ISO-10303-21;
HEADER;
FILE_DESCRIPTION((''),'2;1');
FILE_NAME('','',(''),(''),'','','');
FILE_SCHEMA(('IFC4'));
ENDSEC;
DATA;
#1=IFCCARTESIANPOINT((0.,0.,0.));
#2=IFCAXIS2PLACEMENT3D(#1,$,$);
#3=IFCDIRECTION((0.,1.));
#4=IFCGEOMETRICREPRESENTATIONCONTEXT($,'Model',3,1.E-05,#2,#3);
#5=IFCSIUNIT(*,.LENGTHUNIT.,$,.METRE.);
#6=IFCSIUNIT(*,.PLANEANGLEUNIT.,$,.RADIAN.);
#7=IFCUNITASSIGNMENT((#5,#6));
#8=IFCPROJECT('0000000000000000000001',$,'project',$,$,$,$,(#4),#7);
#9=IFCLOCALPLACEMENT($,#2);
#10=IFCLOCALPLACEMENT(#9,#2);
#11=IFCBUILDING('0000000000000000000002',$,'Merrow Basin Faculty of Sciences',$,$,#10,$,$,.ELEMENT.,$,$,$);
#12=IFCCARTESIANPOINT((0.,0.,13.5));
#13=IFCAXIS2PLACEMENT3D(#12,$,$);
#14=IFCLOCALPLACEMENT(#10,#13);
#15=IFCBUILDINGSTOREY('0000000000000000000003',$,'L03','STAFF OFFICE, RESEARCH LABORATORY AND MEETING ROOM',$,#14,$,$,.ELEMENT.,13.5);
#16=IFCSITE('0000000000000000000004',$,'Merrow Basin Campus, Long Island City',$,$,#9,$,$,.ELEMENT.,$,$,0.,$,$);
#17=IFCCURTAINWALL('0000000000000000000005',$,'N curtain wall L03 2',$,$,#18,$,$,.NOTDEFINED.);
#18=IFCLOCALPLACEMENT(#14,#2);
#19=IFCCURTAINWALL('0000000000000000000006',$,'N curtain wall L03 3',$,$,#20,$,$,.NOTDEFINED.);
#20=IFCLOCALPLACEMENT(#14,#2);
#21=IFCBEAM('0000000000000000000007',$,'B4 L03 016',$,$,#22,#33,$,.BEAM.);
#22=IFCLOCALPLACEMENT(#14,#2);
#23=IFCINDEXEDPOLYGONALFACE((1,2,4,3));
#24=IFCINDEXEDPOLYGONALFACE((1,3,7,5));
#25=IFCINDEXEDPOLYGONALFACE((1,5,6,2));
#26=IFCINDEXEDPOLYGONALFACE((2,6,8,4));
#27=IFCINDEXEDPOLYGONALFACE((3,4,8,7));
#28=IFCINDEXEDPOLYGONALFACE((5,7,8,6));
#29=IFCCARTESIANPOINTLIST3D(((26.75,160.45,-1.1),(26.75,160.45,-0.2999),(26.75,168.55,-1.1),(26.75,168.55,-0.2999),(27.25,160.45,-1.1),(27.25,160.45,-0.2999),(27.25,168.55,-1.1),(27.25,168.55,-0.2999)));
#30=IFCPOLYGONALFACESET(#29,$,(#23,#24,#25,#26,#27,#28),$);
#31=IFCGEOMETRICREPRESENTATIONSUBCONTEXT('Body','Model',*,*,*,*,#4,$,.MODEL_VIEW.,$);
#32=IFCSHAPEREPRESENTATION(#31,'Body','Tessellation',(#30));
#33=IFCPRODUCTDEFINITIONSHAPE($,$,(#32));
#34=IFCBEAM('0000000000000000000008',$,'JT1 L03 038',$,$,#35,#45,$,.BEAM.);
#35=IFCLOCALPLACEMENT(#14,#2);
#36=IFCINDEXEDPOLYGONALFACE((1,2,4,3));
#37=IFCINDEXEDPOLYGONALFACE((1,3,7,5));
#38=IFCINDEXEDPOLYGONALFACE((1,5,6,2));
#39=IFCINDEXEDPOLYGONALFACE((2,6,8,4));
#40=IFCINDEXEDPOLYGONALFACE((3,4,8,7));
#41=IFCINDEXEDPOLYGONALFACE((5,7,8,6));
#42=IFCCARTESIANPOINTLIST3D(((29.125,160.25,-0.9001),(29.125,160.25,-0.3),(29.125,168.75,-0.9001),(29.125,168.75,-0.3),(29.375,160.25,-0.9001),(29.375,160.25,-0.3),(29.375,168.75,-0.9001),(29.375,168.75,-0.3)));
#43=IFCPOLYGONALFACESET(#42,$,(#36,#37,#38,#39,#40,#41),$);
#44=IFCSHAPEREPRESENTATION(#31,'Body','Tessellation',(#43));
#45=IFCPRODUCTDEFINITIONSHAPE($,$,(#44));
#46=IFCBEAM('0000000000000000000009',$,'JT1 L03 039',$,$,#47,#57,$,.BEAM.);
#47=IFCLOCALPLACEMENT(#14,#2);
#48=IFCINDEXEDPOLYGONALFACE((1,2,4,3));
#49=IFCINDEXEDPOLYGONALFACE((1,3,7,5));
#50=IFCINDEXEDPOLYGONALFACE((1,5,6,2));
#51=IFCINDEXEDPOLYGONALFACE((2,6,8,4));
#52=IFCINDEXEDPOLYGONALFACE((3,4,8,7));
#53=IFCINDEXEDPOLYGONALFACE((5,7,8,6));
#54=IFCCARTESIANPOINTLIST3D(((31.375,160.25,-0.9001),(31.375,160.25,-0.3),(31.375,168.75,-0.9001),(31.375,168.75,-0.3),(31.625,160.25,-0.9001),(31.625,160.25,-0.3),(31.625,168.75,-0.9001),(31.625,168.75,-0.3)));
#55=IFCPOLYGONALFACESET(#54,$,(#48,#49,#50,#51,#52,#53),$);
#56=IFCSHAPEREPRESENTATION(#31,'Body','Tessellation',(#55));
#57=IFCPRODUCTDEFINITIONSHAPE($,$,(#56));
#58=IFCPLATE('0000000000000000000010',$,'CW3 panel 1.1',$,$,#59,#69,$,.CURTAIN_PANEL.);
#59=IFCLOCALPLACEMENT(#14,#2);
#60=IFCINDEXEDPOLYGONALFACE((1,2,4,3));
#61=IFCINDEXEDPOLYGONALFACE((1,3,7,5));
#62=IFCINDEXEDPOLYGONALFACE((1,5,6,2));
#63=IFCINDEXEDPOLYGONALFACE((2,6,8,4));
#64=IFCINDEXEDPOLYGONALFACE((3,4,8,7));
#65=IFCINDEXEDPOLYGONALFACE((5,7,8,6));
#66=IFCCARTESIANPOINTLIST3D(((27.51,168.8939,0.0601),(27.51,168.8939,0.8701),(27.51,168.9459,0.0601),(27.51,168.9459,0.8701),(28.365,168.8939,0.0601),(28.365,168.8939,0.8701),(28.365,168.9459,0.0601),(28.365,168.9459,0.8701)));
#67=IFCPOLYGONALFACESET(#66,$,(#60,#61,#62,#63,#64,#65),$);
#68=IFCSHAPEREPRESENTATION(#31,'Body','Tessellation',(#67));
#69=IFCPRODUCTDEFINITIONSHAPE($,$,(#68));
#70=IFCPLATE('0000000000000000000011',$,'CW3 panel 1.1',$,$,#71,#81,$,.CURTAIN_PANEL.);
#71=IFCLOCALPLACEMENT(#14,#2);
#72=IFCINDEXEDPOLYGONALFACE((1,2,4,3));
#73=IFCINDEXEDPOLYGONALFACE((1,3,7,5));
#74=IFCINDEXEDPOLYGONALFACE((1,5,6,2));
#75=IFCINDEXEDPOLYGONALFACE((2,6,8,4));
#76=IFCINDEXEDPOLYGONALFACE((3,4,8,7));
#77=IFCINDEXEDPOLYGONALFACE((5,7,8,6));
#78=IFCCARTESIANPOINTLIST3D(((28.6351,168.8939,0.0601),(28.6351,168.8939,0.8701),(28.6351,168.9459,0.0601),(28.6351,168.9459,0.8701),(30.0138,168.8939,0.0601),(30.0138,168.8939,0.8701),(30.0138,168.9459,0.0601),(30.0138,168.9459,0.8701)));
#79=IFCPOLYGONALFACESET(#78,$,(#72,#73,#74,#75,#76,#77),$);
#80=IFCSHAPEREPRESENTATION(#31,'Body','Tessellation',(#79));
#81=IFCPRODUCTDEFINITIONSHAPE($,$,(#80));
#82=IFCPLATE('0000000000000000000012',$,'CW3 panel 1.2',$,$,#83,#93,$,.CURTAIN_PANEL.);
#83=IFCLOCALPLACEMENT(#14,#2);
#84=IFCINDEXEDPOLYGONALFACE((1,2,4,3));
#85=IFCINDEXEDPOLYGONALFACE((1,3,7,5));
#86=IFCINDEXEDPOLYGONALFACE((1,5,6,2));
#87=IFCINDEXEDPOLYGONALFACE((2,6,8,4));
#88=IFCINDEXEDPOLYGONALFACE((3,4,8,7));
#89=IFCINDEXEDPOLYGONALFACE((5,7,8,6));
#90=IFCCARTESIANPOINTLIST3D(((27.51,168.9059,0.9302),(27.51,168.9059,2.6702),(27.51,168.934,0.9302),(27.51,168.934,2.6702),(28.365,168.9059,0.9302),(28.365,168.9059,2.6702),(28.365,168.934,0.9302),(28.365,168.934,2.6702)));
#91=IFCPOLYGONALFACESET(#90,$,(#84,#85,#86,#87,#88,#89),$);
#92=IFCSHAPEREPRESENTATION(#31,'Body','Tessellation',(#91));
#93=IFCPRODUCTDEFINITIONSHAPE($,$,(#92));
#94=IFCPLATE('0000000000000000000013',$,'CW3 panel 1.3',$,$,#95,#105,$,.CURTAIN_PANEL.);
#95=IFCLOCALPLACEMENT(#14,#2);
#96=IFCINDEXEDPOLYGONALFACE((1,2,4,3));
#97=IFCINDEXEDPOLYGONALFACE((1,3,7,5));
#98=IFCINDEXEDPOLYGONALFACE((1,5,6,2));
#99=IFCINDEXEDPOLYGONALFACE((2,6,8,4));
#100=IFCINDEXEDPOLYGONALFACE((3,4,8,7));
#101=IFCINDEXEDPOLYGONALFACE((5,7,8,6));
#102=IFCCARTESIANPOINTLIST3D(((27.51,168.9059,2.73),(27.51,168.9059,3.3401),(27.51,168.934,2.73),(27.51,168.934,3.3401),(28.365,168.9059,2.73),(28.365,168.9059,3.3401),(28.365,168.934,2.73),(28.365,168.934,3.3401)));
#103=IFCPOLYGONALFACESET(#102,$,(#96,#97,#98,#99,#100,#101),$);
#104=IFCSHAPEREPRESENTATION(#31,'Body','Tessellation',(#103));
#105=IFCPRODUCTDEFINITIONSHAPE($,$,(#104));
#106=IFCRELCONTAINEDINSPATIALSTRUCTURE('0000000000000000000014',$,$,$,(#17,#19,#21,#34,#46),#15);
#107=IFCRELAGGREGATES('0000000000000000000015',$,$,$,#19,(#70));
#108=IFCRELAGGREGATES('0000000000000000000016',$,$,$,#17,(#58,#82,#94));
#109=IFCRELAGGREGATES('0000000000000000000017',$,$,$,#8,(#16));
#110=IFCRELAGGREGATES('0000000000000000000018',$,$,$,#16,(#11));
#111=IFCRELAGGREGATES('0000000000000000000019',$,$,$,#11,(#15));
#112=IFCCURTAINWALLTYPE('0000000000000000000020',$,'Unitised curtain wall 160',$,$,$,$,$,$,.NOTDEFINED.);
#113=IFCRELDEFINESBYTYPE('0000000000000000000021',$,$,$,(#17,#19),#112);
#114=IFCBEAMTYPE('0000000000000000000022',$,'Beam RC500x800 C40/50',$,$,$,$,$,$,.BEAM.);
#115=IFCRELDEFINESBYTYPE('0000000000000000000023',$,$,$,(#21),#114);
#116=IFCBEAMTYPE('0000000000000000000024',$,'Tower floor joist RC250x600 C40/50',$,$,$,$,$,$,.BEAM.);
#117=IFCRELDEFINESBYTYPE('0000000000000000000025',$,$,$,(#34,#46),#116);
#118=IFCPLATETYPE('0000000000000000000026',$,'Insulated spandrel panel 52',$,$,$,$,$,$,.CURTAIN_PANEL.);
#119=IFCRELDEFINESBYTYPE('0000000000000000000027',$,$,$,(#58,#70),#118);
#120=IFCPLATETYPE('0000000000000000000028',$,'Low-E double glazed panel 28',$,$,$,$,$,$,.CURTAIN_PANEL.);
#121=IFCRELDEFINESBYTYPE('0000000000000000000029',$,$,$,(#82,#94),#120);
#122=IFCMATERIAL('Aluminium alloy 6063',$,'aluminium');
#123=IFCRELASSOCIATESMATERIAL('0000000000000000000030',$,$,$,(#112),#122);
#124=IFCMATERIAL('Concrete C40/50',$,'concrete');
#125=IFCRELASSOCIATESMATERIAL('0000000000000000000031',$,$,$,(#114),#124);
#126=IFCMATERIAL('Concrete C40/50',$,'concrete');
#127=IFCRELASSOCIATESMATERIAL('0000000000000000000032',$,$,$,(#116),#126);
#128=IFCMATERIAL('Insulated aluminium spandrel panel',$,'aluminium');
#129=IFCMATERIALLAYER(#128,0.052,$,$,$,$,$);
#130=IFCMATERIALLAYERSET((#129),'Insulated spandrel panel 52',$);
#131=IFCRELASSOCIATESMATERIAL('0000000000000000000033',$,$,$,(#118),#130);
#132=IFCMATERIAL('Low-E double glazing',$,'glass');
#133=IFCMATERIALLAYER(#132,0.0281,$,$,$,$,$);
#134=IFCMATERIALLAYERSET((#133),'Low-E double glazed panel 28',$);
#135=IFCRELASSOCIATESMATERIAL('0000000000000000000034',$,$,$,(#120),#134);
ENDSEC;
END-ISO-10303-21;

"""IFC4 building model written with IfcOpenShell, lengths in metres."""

from ifc_helpers import new_model, si_unit, direction, frame, origin, origin_2d, place, context, subcontext, project, spatial, rectangle, extrude, material, layer, layer_set, material_profile, profile_set, type_object, element, aggregate, save


model = new_model("IFC4")

# Units and contexts
model_context = context("Model", 3, precision=1e-05, world=origin(), true_north=direction((0.0, 1.0)))
body_context = subcontext(model_context, "Body", "Model", "MODEL_VIEW")
ifc_project = project(units=[si_unit("LENGTHUNIT", "METRE"), si_unit("PLANEANGLEUNIT", "RADIAN")], contexts=[model_context])

# Site, building, storey
site_placement = place(None, origin())
site = spatial("IfcSite", under=ifc_project, at=site_placement, Name="Merrow Basin Campus, Long Island City", CompositionType="ELEMENT", RefElevation=0.0)
building_placement = place(site_placement, origin())
building = spatial("IfcBuilding", under=site, at=building_placement, Name="Merrow Basin Faculty of Sciences", CompositionType="ELEMENT")
storey_placement = place(building_placement, frame((0.0, 0.0, 13.5)))
storey = spatial("IfcBuildingStorey", under=building, at=storey_placement, Name="L03", Description="STAFF OFFICE, RESEARCH LABORATORY AND MEETING ROOM", CompositionType="ELEMENT", Elevation=13.5)

# Shared definitions
ifc_material_1 = material(Name="Aluminium alloy 6063", Category="aluminium")
curtain_wall_type = type_object("IfcCurtainWallType", Name="Unitised curtain wall 160", PredefinedType="NOTDEFINED", material=ifc_material_1)

# Curtain wall
curtain_wall_1_placement = place(storey_placement, origin())
curtain_wall_1 = element("IfcCurtainWall", 1, at=curtain_wall_1_placement, inside=storey, type_object=curtain_wall_type, Name="N curtain wall L03 2", PredefinedType="NOTDEFINED")

# Curtain wall
curtain_wall_2_placement = place(storey_placement, origin())
curtain_wall_2 = element("IfcCurtainWall", 2, at=curtain_wall_2_placement, inside=storey, type_object=curtain_wall_type, Name="N curtain wall L03 3", PredefinedType="NOTDEFINED")

# Beams
ifc_material_2 = material(Name="Concrete C40/50", Category="concrete")
ifc_material_profile_1 = material_profile(ifc_material_2, rectangle(XDim=0.5, YDim=0.8, at=origin_2d()))
ifc_profile_set_1 = profile_set([ifc_material_profile_1], Name="Concrete C40/50")
beam_type_1 = type_object("IfcBeamType", Name="Beam RC500x800 C40/50", PredefinedType="BEAM", material=ifc_profile_set_1)
for number, where, z_axis, x_axis, name in (
    (3, (27.0, 160.45, -0.7), (0.0, 1.0, 0.0), (-1.0, 0.0, 0.0), "B4 L03 016"),
):
    element("IfcBeam", number, at=place(storey_placement, frame(where, z_axis=z_axis, x_axis=x_axis)), inside=storey, type_object=beam_type_1, Name=name, PredefinedType="BEAM", context=body_context, shape_type="SweptSolid", body=[
        extrude(rectangle(XDim=0.5, YDim=0.8, at=origin_2d()), origin(), (0.0, 0.0, 1.0), 8.1001),
    ])
ifc_material_3 = material(Name="Concrete C40/50", Category="concrete")
ifc_material_profile_2 = material_profile(ifc_material_3, rectangle(XDim=0.25, YDim=0.6001, at=origin_2d()))
ifc_profile_set_2 = profile_set([ifc_material_profile_2], Name="Concrete C40/50")
beam_type_2 = type_object("IfcBeamType", Name="Tower floor joist RC250x600 C40/50", PredefinedType="BEAM", material=ifc_profile_set_2)
for number, where, z_axis, x_axis, name in (
    (4, (29.25, 160.25, -0.6001), (0.0, 1.0, 0.0), (-1.0, 0.0, 0.0), "JT1 L03 038"),
    (5, (31.5, 160.25, -0.6001), (0.0, 1.0, 0.0), (-1.0, 0.0, 0.0), "JT1 L03 039"),
):
    element("IfcBeam", number, at=place(storey_placement, frame(where, z_axis=z_axis, x_axis=x_axis)), inside=storey, type_object=beam_type_2, Name=name, PredefinedType="BEAM", context=body_context, shape_type="SweptSolid", body=[
        extrude(rectangle(XDim=0.25, YDim=0.6001, at=origin_2d()), origin(), (0.0, 0.0, 1.0), 8.5),
    ])

# Plates
ifc_material_4 = material(Name="Insulated aluminium spandrel panel", Category="aluminium")
ifc_layer_1 = layer(ifc_material_4, 0.052)
ifc_layer_set_1 = layer_set([ifc_layer_1], Name="Insulated spandrel panel 52")
plate_type_1 = type_object("IfcPlateType", Name="Insulated spandrel panel 52", PredefinedType="CURTAIN_PANEL", material=ifc_layer_set_1)
plate_1_placement = place(storey_placement, frame((27.9375, 168.9199, 0.0601), z_axis=(0.0, 0.0, 1.0), x_axis=(1.0, 0.0, 0.0)))
plate_1 = element("IfcPlate", 6, at=plate_1_placement, type_object=plate_type_1, Name="CW3 panel 1.1", PredefinedType="CURTAIN_PANEL", context=body_context, shape_type="SweptSolid", body=[
    extrude(rectangle(XDim=0.855, YDim=0.052, at=origin_2d()), origin(), (0.0, 0.0, 1.0), 0.8101),
])
plate_2_placement = place(storey_placement, frame((29.3245, 168.9199, 0.0601), z_axis=(0.0, 0.0, 1.0), x_axis=(1.0, 0.0, 0.0)))
plate_2 = element("IfcPlate", 7, at=plate_2_placement, type_object=plate_type_1, Name="CW3 panel 1.1", PredefinedType="CURTAIN_PANEL", context=body_context, shape_type="SweptSolid", body=[
    extrude(rectangle(XDim=1.3787, YDim=0.052, at=origin_2d()), origin(), (0.0, 0.0, 1.0), 0.8101),
])
aggregate(curtain_wall_2, [plate_2])
ifc_material_5 = material(Name="Low-E double glazing", Category="glass")
ifc_layer_2 = layer(ifc_material_5, 0.0281)
ifc_layer_set_2 = layer_set([ifc_layer_2], Name="Low-E double glazed panel 28")
plate_type_2 = type_object("IfcPlateType", Name="Low-E double glazed panel 28", PredefinedType="CURTAIN_PANEL", material=ifc_layer_set_2)
plate_3_placement = place(storey_placement, frame((27.9375, 168.9199, 0.9302), z_axis=(0.0, 0.0, 1.0), x_axis=(1.0, 0.0, 0.0)))
plate_3 = element("IfcPlate", 8, at=plate_3_placement, type_object=plate_type_2, Name="CW3 panel 1.2", PredefinedType="CURTAIN_PANEL", context=body_context, shape_type="SweptSolid", body=[
    extrude(rectangle(XDim=0.855, YDim=0.0281, at=origin_2d()), origin(), (0.0, 0.0, 1.0), 1.74),
])
plate_4_placement = place(storey_placement, frame((27.9375, 168.9199, 2.73), z_axis=(0.0, 0.0, 1.0), x_axis=(1.0, 0.0, 0.0)))
plate_4 = element("IfcPlate", 9, at=plate_4_placement, type_object=plate_type_2, Name="CW3 panel 1.3", PredefinedType="CURTAIN_PANEL", context=body_context, shape_type="SweptSolid", body=[
    extrude(rectangle(XDim=0.855, YDim=0.0281, at=origin_2d()), origin(), (0.0, 0.0, 1.0), 0.6101),
])
aggregate(curtain_wall_1, [plate_1, plate_3, plate_4])

save(model, "model.ifc")
